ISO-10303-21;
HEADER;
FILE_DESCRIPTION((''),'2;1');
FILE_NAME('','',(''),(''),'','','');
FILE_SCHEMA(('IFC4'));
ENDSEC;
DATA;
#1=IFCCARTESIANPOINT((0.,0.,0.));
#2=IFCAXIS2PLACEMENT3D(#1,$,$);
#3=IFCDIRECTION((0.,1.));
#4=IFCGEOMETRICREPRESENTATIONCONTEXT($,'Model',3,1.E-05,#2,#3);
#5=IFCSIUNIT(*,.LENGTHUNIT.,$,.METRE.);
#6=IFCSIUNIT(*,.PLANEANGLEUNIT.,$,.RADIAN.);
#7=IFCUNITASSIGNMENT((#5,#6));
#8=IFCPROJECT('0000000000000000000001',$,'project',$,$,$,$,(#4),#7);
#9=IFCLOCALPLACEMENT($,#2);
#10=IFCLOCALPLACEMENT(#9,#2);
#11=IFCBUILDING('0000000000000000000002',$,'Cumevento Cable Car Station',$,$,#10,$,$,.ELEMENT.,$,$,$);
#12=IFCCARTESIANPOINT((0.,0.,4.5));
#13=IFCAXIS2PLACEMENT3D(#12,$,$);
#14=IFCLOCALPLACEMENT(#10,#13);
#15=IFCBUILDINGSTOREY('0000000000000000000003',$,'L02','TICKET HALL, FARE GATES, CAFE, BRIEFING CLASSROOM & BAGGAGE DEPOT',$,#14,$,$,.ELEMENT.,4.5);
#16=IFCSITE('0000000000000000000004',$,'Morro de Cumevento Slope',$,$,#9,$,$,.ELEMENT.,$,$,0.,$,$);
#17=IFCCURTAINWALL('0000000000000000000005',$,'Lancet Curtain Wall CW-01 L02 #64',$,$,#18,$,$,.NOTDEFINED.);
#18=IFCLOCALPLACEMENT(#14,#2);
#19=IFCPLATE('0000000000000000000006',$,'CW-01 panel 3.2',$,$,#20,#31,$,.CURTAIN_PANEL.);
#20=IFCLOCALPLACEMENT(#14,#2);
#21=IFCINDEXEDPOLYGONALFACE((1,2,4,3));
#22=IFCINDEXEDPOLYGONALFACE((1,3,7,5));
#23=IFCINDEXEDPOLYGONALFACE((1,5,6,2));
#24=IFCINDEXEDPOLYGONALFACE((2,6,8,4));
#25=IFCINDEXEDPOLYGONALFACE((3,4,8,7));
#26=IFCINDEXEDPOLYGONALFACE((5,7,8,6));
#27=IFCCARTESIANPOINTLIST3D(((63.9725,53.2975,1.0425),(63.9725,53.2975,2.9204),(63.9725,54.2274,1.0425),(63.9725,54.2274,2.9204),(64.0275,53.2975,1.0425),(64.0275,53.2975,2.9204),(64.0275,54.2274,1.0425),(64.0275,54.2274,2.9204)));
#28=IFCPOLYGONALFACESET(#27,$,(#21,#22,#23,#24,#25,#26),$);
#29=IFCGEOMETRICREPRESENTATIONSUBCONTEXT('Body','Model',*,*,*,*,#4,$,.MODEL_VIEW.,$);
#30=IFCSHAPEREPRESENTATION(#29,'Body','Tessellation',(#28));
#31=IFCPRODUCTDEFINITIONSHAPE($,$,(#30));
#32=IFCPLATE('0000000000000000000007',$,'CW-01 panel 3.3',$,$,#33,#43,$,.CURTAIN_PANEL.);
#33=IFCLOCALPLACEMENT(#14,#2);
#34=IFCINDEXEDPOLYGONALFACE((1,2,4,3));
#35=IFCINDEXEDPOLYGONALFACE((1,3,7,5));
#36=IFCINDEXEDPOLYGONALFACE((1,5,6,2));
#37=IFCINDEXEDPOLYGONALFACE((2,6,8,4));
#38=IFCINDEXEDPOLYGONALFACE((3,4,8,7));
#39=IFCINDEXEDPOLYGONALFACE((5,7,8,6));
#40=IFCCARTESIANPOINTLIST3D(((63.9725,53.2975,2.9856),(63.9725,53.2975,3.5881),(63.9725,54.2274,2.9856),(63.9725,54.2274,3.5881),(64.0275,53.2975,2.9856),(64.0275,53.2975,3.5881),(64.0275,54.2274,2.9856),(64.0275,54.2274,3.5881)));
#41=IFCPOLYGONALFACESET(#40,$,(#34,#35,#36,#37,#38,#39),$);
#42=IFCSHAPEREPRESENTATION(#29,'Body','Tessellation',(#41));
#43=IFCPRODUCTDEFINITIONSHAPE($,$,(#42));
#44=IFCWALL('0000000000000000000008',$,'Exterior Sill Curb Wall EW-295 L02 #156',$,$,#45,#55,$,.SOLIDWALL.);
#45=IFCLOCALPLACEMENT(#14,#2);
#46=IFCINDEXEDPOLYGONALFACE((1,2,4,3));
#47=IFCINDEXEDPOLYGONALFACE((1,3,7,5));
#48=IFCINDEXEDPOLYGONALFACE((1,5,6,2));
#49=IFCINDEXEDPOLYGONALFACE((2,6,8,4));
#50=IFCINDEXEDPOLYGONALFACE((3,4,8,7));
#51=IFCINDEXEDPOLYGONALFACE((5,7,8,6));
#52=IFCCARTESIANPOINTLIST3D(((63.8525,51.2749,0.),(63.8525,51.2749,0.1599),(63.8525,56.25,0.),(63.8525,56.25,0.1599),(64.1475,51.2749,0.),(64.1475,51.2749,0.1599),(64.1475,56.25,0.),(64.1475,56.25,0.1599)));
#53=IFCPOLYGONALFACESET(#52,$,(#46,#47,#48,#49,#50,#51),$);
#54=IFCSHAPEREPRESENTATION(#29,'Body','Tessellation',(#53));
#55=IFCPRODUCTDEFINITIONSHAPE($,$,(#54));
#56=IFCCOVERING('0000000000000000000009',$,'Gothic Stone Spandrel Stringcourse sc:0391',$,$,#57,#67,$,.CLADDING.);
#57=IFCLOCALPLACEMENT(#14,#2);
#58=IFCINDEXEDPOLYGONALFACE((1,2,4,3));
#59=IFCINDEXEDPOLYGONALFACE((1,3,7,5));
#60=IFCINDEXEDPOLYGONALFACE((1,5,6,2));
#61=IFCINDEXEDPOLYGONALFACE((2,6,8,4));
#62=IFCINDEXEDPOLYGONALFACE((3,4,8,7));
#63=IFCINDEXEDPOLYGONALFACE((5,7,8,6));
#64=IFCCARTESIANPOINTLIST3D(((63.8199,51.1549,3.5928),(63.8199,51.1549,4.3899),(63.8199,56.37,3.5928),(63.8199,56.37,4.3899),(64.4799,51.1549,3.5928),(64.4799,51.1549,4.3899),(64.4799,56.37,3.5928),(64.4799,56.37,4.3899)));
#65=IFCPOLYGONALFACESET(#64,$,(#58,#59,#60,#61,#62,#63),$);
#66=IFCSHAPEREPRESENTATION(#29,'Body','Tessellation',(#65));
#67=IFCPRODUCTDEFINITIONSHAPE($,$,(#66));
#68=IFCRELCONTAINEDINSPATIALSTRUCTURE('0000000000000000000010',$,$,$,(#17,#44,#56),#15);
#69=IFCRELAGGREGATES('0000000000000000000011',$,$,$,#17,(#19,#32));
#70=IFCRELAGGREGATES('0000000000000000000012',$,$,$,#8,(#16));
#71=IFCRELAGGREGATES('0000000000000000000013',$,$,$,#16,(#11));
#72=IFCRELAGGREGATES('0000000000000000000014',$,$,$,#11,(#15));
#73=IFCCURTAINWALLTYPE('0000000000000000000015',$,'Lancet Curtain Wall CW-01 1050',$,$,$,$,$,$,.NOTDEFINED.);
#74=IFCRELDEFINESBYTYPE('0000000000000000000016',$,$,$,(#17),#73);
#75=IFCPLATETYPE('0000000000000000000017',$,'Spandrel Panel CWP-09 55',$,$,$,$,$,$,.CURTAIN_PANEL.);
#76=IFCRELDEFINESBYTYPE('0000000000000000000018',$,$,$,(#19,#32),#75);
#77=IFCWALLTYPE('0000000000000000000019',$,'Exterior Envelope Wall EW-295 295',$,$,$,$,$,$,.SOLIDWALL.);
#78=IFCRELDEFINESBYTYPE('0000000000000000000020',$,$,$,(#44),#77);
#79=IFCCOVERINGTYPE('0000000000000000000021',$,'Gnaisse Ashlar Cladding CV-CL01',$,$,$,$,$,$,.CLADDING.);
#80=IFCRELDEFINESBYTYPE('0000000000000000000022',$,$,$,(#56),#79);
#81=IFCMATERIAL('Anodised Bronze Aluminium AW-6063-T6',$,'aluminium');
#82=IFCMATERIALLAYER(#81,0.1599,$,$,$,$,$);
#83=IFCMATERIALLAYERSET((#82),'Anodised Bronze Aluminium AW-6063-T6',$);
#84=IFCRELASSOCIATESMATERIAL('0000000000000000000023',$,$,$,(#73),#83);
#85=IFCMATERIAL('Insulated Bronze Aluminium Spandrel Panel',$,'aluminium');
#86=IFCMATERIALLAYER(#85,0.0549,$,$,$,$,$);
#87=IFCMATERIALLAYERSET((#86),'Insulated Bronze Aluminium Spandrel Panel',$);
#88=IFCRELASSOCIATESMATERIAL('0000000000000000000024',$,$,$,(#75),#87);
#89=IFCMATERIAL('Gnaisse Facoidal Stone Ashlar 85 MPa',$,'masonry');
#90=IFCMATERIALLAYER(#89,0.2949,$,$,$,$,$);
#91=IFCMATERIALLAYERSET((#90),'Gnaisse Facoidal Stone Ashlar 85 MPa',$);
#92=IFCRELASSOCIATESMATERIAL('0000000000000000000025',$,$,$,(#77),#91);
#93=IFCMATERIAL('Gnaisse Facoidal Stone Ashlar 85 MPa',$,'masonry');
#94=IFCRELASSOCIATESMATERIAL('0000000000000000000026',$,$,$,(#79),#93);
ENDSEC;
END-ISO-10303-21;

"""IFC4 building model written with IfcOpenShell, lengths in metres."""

from ifc_helpers import new_model, si_unit, direction, frame, frame_2d, origin, origin_2d, place, context, subcontext, project, spatial, rectangle, extrude, material, layer, layer_set, type_object, element, aggregate, save


model = new_model("IFC4")

# Units and contexts
model_context = context("Model", 3, precision=1e-05, world=origin(), true_north=direction((0.0, 1.0)))
body_context = subcontext(model_context, "Body", "Model", "MODEL_VIEW")
ifc_project = project(units=[si_unit("LENGTHUNIT", "METRE"), si_unit("PLANEANGLEUNIT", "RADIAN")], contexts=[model_context])

# Site, building, storey
site_placement = place(None, origin())
site = spatial("IfcSite", under=ifc_project, at=site_placement, Name="Morro de Cumevento Slope", CompositionType="ELEMENT", RefElevation=0.0)
building_placement = place(site_placement, origin())
building = spatial("IfcBuilding", under=site, at=building_placement, Name="Cumevento Cable Car Station", CompositionType="ELEMENT")
storey_placement = place(building_placement, frame((0.0, 0.0, 4.5)))
storey = spatial("IfcBuildingStorey", under=building, at=storey_placement, Name="L02", Description="TICKET HALL, FARE GATES, CAFE, BRIEFING CLASSROOM & BAGGAGE DEPOT", CompositionType="ELEMENT", Elevation=4.5)

# Curtain wall, plates
ifc_material_1 = material(Name="Anodised Bronze Aluminium AW-6063-T6", Category="aluminium")
ifc_layer_1 = layer(ifc_material_1, 0.1599)
ifc_layer_set_1 = layer_set([ifc_layer_1], Name="Anodised Bronze Aluminium AW-6063-T6")
curtain_wall_type = type_object("IfcCurtainWallType", Name="Lancet Curtain Wall CW-01 1050", PredefinedType="NOTDEFINED", material=ifc_layer_set_1)
curtain_wall_placement = place(storey_placement, origin())
curtain_wall = element("IfcCurtainWall", 1, at=curtain_wall_placement, inside=storey, type_object=curtain_wall_type, Name="Lancet Curtain Wall CW-01 L02 #64", PredefinedType="NOTDEFINED")
ifc_material_2 = material(Name="Insulated Bronze Aluminium Spandrel Panel", Category="aluminium")
ifc_layer_2 = layer(ifc_material_2, 0.0549)
ifc_layer_set_2 = layer_set([ifc_layer_2], Name="Insulated Bronze Aluminium Spandrel Panel")
plate_type = type_object("IfcPlateType", Name="Spandrel Panel CWP-09 55", PredefinedType="CURTAIN_PANEL", material=ifc_layer_set_2)
plate_1_placement = place(storey_placement, frame((64.0, 53.7625, 1.0425), z_axis=(0.0, 0.0, 1.0), x_axis=(0.0, 1.0, 0.0)))
plate_1 = element("IfcPlate", 2, at=plate_1_placement, type_object=plate_type, Name="CW-01 panel 3.2", PredefinedType="CURTAIN_PANEL", context=body_context, shape_type="SweptSolid", body=[
    extrude(rectangle(XDim=0.9299, YDim=0.0549, at=origin_2d()), origin(), (0.0, 0.0, 1.0), 1.8779),
])
plate_2_placement = place(storey_placement, frame((64.0, 53.7625, 2.9856), z_axis=(0.0, 0.0, 1.0), x_axis=(0.0, 1.0, 0.0)))
plate_2 = element("IfcPlate", 3, at=plate_2_placement, type_object=plate_type, Name="CW-01 panel 3.3", PredefinedType="CURTAIN_PANEL", context=body_context, shape_type="SweptSolid", body=[
    extrude(rectangle(XDim=0.9299, YDim=0.0549, at=origin_2d()), origin(), (0.0, 0.0, 1.0), 0.6025),
])
aggregate(curtain_wall, [plate_1, plate_2])

# Wall
ifc_material_3 = material(Name="Gnaisse Facoidal Stone Ashlar 85 MPa", Category="masonry")
ifc_layer_3 = layer(ifc_material_3, 0.2949)
ifc_layer_set_3 = layer_set([ifc_layer_3], Name="Gnaisse Facoidal Stone Ashlar 85 MPa")
wall_type = type_object("IfcWallType", Name="Exterior Envelope Wall EW-295 295", PredefinedType="SOLIDWALL", material=ifc_layer_set_3)
wall_placement = place(storey_placement, frame((64.0, 51.2749, 0.0), z_axis=(0.0, 0.0, 1.0), x_axis=(0.0, 1.0, 0.0)))
element("IfcWall", 4, at=wall_placement, inside=storey, type_object=wall_type, Name="Exterior Sill Curb Wall EW-295 L02 #156", PredefinedType="SOLIDWALL", context=body_context, shape_type="SweptSolid", body=[
    extrude(rectangle(XDim=4.9751, YDim=0.2949, at=frame_2d((2.4875, 0.0))), origin(), (0.0, 0.0, 1.0), 0.1599),
])

# Covering
ifc_material_4 = material(Name="Gnaisse Facoidal Stone Ashlar 85 MPa", Category="masonry")
covering_type = type_object("IfcCoveringType", Name="Gnaisse Ashlar Cladding CV-CL01", PredefinedType="CLADDING", material=ifc_material_4)
covering_1_placement = place(storey_placement, frame((64.1499, 53.7625, 3.5928), z_axis=(0.0, 0.0, 1.0), x_axis=(0.0, 1.0, 0.0)))
element("IfcCovering", 5, at=covering_1_placement, inside=storey, type_object=covering_type, Name="Gothic Stone Spandrel Stringcourse sc:0391", PredefinedType="CLADDING", context=body_context, shape_type="SweptSolid", body=[
    extrude(rectangle(XDim=5.2151, YDim=0.6599, at=origin_2d()), origin(), (0.0, 0.0, 1.0), 0.7971),
])

save(model, "model.ifc")
